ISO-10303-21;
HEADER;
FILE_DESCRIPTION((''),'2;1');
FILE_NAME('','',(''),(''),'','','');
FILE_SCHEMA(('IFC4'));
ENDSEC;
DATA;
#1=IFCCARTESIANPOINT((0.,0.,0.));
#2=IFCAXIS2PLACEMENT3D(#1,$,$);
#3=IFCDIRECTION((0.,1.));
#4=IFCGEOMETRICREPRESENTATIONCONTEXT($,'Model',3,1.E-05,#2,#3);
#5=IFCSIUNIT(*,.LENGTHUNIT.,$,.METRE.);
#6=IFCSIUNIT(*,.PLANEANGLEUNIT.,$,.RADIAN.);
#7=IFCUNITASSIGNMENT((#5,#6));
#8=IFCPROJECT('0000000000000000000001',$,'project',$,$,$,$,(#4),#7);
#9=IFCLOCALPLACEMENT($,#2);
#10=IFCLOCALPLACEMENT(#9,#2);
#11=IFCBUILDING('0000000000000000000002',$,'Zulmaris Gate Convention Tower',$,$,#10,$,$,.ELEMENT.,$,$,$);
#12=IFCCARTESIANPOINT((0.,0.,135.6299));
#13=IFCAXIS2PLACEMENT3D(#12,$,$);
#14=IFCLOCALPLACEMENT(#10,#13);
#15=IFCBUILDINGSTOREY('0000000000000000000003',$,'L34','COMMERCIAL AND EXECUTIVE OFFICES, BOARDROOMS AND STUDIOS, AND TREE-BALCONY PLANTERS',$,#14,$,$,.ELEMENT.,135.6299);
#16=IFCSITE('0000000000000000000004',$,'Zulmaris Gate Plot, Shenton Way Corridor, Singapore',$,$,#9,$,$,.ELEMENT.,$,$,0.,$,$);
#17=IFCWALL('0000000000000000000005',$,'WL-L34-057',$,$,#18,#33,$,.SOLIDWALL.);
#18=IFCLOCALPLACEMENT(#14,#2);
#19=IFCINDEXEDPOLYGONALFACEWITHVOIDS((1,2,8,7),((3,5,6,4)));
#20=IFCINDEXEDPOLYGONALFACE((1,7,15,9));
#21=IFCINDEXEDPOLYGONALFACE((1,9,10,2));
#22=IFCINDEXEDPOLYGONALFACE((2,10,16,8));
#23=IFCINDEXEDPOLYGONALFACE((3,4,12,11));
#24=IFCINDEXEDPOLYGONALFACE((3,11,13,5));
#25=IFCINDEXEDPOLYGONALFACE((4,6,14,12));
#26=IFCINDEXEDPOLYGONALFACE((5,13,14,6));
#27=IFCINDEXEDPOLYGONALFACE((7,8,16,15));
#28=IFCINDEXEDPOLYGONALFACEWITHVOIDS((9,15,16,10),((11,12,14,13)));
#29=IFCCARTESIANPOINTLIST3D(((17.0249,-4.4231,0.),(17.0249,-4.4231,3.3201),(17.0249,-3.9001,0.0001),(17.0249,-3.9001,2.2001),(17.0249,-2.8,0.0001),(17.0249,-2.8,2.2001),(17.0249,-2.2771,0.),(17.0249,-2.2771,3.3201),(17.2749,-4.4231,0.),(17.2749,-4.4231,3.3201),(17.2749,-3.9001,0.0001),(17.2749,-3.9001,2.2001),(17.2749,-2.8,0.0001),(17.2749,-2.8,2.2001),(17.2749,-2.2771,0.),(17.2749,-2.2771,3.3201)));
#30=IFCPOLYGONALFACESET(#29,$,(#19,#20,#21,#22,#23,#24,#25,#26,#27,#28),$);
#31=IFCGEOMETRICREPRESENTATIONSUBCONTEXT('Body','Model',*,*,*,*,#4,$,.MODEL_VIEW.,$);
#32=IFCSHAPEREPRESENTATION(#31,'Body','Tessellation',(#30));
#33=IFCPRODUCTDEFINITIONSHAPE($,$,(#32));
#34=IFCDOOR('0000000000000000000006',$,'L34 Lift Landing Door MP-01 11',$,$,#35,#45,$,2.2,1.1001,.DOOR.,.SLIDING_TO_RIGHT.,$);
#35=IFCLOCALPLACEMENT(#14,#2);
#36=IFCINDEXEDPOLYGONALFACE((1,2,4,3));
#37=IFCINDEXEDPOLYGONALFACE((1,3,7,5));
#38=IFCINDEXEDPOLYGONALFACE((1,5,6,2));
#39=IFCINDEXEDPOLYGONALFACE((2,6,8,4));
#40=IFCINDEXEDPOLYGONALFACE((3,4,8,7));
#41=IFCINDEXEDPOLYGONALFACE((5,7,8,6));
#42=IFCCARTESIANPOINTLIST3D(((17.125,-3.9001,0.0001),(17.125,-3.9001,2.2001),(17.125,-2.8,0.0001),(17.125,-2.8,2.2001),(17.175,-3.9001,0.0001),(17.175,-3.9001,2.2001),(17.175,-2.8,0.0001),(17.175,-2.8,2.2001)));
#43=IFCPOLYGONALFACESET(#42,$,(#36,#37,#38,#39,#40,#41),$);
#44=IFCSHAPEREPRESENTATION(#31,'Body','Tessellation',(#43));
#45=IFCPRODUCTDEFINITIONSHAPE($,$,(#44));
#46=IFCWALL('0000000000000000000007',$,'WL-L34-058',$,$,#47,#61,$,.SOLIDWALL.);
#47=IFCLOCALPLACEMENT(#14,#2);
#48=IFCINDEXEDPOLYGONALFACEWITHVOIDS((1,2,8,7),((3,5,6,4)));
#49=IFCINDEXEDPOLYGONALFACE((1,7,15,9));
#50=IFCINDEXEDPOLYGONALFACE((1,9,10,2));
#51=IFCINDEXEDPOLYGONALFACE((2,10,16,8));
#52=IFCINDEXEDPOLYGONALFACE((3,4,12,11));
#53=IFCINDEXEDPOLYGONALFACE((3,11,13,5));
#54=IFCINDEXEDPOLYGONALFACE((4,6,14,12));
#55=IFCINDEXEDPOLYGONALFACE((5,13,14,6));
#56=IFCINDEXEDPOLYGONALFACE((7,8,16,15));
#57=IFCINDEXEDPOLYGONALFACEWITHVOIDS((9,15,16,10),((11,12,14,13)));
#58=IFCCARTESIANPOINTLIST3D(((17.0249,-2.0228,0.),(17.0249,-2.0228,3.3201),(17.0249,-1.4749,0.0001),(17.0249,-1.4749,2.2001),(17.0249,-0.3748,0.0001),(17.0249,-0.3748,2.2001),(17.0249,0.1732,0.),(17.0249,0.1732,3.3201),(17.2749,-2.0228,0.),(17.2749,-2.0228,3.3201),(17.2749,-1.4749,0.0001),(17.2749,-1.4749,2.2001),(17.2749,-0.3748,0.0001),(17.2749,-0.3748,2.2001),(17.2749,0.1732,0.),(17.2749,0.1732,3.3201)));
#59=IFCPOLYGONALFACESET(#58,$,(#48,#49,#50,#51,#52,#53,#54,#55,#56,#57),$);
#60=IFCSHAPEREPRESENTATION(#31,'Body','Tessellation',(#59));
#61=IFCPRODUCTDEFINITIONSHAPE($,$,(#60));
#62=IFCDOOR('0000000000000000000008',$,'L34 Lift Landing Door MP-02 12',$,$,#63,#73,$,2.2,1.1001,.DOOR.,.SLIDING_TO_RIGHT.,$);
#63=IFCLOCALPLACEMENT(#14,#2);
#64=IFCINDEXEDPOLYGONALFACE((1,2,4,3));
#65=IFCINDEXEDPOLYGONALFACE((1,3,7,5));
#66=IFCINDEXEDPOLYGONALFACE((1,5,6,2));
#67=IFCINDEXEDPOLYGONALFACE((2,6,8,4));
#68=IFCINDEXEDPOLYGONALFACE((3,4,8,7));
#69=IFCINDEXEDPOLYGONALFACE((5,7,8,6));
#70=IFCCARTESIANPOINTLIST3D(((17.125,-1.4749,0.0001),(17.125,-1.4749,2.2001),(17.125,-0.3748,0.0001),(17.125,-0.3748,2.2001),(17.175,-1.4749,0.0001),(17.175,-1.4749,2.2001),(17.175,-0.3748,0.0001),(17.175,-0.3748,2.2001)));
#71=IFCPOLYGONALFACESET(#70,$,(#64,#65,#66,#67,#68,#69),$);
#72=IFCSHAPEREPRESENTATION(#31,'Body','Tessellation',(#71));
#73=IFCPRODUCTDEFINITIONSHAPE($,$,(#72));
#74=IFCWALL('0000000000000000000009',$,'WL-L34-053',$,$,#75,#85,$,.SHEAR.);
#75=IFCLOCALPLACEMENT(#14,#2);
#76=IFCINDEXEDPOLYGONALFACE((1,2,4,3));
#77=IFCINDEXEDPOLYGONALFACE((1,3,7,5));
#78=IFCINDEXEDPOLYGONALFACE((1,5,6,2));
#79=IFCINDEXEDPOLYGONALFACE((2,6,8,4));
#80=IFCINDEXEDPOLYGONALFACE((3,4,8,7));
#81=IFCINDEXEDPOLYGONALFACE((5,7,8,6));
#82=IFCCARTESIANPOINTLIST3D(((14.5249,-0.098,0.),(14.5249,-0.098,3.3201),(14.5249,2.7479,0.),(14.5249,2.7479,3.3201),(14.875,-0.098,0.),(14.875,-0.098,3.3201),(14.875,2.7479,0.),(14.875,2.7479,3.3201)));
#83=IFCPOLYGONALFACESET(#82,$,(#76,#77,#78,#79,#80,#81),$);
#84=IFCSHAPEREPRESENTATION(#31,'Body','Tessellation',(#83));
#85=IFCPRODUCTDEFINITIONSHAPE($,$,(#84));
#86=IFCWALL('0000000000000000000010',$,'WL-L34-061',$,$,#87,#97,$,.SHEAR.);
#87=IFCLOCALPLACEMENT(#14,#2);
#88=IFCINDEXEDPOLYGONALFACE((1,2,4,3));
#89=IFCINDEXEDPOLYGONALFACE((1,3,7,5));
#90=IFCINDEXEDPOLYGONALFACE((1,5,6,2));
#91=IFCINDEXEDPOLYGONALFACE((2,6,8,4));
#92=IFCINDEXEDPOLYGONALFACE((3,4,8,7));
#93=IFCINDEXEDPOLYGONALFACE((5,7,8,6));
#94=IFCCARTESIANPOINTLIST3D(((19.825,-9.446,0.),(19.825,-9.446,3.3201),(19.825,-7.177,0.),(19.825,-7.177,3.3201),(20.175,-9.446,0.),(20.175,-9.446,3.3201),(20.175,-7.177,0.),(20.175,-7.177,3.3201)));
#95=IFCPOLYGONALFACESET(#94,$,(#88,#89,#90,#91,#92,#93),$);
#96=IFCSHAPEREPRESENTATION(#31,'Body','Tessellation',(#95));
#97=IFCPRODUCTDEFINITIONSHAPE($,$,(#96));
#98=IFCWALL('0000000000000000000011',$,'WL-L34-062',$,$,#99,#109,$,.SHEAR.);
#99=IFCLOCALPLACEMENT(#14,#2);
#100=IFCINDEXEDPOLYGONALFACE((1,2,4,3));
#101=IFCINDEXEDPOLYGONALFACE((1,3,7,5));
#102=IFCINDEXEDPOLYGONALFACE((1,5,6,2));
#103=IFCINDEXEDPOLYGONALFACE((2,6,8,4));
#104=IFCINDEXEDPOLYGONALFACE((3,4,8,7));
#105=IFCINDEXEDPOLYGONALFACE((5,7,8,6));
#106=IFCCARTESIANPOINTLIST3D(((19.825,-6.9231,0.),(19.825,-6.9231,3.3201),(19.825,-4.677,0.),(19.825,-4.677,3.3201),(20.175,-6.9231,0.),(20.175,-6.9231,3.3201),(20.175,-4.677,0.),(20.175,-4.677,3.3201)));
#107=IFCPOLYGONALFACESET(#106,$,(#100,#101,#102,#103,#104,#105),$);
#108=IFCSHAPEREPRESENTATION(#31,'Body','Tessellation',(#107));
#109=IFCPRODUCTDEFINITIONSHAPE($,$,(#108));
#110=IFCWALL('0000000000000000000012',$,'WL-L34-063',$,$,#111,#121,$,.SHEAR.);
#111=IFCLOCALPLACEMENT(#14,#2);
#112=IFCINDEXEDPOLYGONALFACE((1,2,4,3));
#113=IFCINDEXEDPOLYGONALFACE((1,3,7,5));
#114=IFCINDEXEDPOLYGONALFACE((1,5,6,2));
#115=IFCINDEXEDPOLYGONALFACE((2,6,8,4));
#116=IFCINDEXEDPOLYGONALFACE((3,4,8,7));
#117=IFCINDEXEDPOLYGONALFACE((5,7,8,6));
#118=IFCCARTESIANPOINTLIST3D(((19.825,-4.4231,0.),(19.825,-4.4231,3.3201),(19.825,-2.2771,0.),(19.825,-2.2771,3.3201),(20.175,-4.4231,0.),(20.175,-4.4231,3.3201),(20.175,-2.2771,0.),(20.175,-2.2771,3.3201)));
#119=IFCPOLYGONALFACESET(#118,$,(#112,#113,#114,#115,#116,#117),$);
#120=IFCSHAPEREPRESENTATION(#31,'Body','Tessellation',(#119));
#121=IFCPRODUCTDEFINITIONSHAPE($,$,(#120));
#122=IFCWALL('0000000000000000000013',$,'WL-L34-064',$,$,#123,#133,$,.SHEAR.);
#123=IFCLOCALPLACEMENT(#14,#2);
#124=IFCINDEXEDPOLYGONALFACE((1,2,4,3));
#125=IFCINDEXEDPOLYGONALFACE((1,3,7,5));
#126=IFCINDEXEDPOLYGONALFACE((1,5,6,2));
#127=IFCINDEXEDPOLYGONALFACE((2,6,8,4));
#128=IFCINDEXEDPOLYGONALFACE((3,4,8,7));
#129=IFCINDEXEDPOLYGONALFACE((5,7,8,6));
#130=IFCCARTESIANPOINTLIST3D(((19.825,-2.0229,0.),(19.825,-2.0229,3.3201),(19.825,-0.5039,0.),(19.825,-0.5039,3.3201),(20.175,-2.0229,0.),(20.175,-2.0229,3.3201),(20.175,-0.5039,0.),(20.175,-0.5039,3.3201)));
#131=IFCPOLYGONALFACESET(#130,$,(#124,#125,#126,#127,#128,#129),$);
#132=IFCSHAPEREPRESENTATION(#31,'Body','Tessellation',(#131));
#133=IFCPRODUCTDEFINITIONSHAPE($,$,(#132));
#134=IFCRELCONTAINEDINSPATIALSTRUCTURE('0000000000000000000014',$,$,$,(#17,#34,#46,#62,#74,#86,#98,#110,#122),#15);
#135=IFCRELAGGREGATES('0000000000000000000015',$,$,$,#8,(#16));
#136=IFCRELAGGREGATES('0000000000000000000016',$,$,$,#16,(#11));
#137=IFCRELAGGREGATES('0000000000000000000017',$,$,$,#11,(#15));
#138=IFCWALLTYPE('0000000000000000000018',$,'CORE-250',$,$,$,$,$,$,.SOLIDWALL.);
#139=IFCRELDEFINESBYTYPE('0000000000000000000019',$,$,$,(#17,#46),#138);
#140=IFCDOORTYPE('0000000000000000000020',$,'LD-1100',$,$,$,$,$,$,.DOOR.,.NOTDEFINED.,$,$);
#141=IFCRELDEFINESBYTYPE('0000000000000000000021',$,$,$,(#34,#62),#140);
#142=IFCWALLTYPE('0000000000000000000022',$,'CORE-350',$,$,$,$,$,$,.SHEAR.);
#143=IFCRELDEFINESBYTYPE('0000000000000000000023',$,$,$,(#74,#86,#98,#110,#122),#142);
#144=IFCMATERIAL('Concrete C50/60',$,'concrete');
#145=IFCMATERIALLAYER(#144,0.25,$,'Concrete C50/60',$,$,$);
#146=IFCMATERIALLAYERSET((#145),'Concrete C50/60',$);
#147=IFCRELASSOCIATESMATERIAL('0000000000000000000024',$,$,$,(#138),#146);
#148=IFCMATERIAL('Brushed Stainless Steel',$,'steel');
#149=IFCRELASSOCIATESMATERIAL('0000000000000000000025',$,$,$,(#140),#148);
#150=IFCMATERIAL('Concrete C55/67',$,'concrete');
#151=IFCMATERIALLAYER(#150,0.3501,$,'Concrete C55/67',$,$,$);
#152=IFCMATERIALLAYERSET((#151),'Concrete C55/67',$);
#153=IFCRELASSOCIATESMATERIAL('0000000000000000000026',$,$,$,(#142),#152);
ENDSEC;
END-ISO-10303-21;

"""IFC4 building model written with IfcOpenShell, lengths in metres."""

from ifc_helpers import new_model, si_unit, direction, frame, frame_2d, origin, place, context, subcontext, project, spatial, rectangle, extrude, material, layer, layer_set, type_object, element, fill, save


model = new_model("IFC4")

# Units and contexts
model_context = context("Model", 3, precision=1e-05, world=origin(), true_north=direction((0.0, 1.0)))
body_context = subcontext(model_context, "Body", "Model", "MODEL_VIEW")
ifc_project = project(units=[si_unit("LENGTHUNIT", "METRE"), si_unit("PLANEANGLEUNIT", "RADIAN")], contexts=[model_context])

# Site, building, storey
site_placement = place(None, origin())
site = spatial("IfcSite", under=ifc_project, at=site_placement, Name="Zulmaris Gate Plot, Shenton Way Corridor, Singapore", CompositionType="ELEMENT", RefElevation=0.0)
building_placement = place(site_placement, origin())
building = spatial("IfcBuilding", under=site, at=building_placement, Name="Zulmaris Gate Convention Tower", CompositionType="ELEMENT")
storey_placement = place(building_placement, frame((0.0, 0.0, 135.6299)))
storey = spatial("IfcBuildingStorey", under=building, at=storey_placement, Name="L34", Description="COMMERCIAL AND EXECUTIVE OFFICES, BOARDROOMS AND STUDIOS, AND TREE-BALCONY PLANTERS", CompositionType="ELEMENT", Elevation=135.6299)

# Shared definitions
ifc_material_1 = material(Name="Concrete C50/60", Category="concrete")
ifc_layer_1 = layer(ifc_material_1, 0.25, Name="Concrete C50/60")
ifc_layer_set_1 = layer_set([ifc_layer_1], Name="Concrete C50/60")
wall_type_1 = type_object("IfcWallType", Name="CORE-250", PredefinedType="SOLIDWALL", material=ifc_layer_set_1)

# Walls, openings, doors
wall_1_placement = place(storey_placement, frame((17.1499, -4.4231, 0.0), z_axis=(0.0, 0.0, 1.0), x_axis=(0.0, 1.0, 0.0)))
wall_1 = element("IfcWall", 1, at=wall_1_placement, inside=storey, type_object=wall_type_1, Name="WL-L34-057", PredefinedType="SOLIDWALL", context=body_context, shape_type="SweptSolid", body=[
    extrude(rectangle(XDim=2.146, YDim=0.25, at=frame_2d((1.073, 0.0))), origin(), (0.0, 0.0, 1.0), 3.3201),
])
opening_1_placement = place(wall_1_placement, frame((0.5229, 0.0, 0.0)))
opening_1 = element("IfcOpeningElement", 2, at=opening_1_placement, cuts=wall_1, PredefinedType="OPENING", context=body_context, shape_type="SweptSolid", body=[
    extrude(rectangle(XDim=1.1001, YDim=2.2, at=frame_2d((0.55, 1.1001))), frame((0.0, 0.135, 0.0), z_axis=(0.0, -1.0, 0.0), x_axis=(1.0, 0.0, 0.0)), (0.0, 0.0, 1.0), 0.27),
])
ifc_material_2 = material(Name="Brushed Stainless Steel", Category="steel")
door_type = type_object("IfcDoorType", Name="LD-1100", OperationType="NOTDEFINED", PredefinedType="DOOR", material=ifc_material_2)
door_1_placement = place(opening_1_placement, origin())
door_1 = element("IfcDoor", 3, at=door_1_placement, inside=storey, type_object=door_type, Name="L34 Lift Landing Door MP-01 11", OperationType="SLIDING_TO_RIGHT", OverallHeight=2.2, OverallWidth=1.1001, PredefinedType="DOOR", context=body_context, shape_type="SweptSolid", body=[
    extrude(rectangle(XDim=1.1001, YDim=2.2, at=frame_2d((0.55, 1.1001))), frame((0.0, 0.0249, 0.0), z_axis=(0.0, -1.0, 0.0), x_axis=(1.0, 0.0, 0.0)), (0.0, 0.0, 1.0), 0.05),
])
fill(opening_1, door_1)
wall_2_placement = place(storey_placement, frame((17.1499, -2.0229, 0.0), z_axis=(0.0, 0.0, 1.0), x_axis=(0.0, 1.0, 0.0)))
wall_2 = element("IfcWall", 4, at=wall_2_placement, inside=storey, type_object=wall_type_1, Name="WL-L34-058", PredefinedType="SOLIDWALL", context=body_context, shape_type="SweptSolid", body=[
    extrude(rectangle(XDim=2.196, YDim=0.25, at=frame_2d((1.0981, 0.0))), origin(), (0.0, 0.0, 1.0), 3.3201),
])
opening_2_placement = place(wall_2_placement, frame((0.5481, 0.0, 0.0)))
opening_2 = element("IfcOpeningElement", 5, at=opening_2_placement, cuts=wall_2, PredefinedType="OPENING", context=body_context, shape_type="SweptSolid", body=[
    extrude(rectangle(XDim=1.1001, YDim=2.2, at=frame_2d((0.55, 1.1001))), frame((0.0, 0.135, 0.0), z_axis=(0.0, -1.0, 0.0), x_axis=(1.0, 0.0, 0.0)), (0.0, 0.0, 1.0), 0.27),
])
door_2_placement = place(opening_2_placement, origin())
door_2 = element("IfcDoor", 6, at=door_2_placement, inside=storey, type_object=door_type, Name="L34 Lift Landing Door MP-02 12", OperationType="SLIDING_TO_RIGHT", OverallHeight=2.2, OverallWidth=1.1001, PredefinedType="DOOR", context=body_context, shape_type="SweptSolid", body=[
    extrude(rectangle(XDim=1.1001, YDim=2.2, at=frame_2d((0.55, 1.1001))), frame((0.0, 0.0249, 0.0), z_axis=(0.0, -1.0, 0.0), x_axis=(1.0, 0.0, 0.0)), (0.0, 0.0, 1.0), 0.05),
])
fill(opening_2, door_2)

# Walls
ifc_material_3 = material(Name="Concrete C55/67", Category="concrete")
ifc_layer_2 = layer(ifc_material_3, 0.3501, Name="Concrete C55/67")
ifc_layer_set_2 = layer_set([ifc_layer_2], Name="Concrete C55/67")
wall_type_2 = type_object("IfcWallType", Name="CORE-350", PredefinedType="SHEAR", material=ifc_layer_set_2)
wall_3_placement = place(storey_placement, frame((14.7, -0.0979, 0.0), z_axis=(0.0, 0.0, 1.0), x_axis=(0.0, 1.0, 0.0)))
element("IfcWall", 7, at=wall_3_placement, inside=storey, type_object=wall_type_2, Name="WL-L34-053", PredefinedType="SHEAR", context=body_context, shape_type="SweptSolid", body=[
    extrude(rectangle(XDim=2.8459, YDim=0.3501, at=frame_2d((1.4229, 0.0))), origin(), (0.0, 0.0, 1.0), 3.3201),
])
wall_4_placement = place(storey_placement, frame((20.0, -9.446, 0.0), z_axis=(0.0, 0.0, 1.0), x_axis=(0.0, 1.0, 0.0)))
element("IfcWall", 8, at=wall_4_placement, inside=storey, type_object=wall_type_2, Name="WL-L34-061", PredefinedType="SHEAR", context=body_context, shape_type="SweptSolid", body=[
    extrude(rectangle(XDim=2.269, YDim=0.3501, at=frame_2d((1.1345, 0.0))), origin(), (0.0, 0.0, 1.0), 3.3201),
])
wall_5_placement = place(storey_placement, frame((20.0, -6.9231, 0.0), z_axis=(0.0, 0.0, 1.0), x_axis=(0.0, 1.0, 0.0)))
element("IfcWall", 9, at=wall_5_placement, inside=storey, type_object=wall_type_2, Name="WL-L34-062", PredefinedType="SHEAR", context=body_context, shape_type="SweptSolid", body=[
    extrude(rectangle(XDim=2.2461, YDim=0.3501, at=frame_2d((1.123, 0.0))), origin(), (0.0, 0.0, 1.0), 3.3201),
])
wall_6_placement = place(storey_placement, frame((20.0, -4.4231, 0.0), z_axis=(0.0, 0.0, 1.0), x_axis=(0.0, 1.0, 0.0)))
element("IfcWall", 10, at=wall_6_placement, inside=storey, type_object=wall_type_2, Name="WL-L34-063", PredefinedType="SHEAR", context=body_context, shape_type="SweptSolid", body=[
    extrude(rectangle(XDim=2.146, YDim=0.3501, at=frame_2d((1.073, 0.0))), origin(), (0.0, 0.0, 1.0), 3.3201),
])
wall_7_placement = place(storey_placement, frame((20.0, -2.0229, 0.0), z_axis=(0.0, 0.0, 1.0), x_axis=(0.0, 1.0, 0.0)))
element("IfcWall", 11, at=wall_7_placement, inside=storey, type_object=wall_type_2, Name="WL-L34-064", PredefinedType="SHEAR", context=body_context, shape_type="SweptSolid", body=[
    extrude(rectangle(XDim=1.519, YDim=0.3501, at=frame_2d((0.7595, 0.0))), origin(), (0.0, 0.0, 1.0), 3.3201),
])

save(model, "model.ifc")
